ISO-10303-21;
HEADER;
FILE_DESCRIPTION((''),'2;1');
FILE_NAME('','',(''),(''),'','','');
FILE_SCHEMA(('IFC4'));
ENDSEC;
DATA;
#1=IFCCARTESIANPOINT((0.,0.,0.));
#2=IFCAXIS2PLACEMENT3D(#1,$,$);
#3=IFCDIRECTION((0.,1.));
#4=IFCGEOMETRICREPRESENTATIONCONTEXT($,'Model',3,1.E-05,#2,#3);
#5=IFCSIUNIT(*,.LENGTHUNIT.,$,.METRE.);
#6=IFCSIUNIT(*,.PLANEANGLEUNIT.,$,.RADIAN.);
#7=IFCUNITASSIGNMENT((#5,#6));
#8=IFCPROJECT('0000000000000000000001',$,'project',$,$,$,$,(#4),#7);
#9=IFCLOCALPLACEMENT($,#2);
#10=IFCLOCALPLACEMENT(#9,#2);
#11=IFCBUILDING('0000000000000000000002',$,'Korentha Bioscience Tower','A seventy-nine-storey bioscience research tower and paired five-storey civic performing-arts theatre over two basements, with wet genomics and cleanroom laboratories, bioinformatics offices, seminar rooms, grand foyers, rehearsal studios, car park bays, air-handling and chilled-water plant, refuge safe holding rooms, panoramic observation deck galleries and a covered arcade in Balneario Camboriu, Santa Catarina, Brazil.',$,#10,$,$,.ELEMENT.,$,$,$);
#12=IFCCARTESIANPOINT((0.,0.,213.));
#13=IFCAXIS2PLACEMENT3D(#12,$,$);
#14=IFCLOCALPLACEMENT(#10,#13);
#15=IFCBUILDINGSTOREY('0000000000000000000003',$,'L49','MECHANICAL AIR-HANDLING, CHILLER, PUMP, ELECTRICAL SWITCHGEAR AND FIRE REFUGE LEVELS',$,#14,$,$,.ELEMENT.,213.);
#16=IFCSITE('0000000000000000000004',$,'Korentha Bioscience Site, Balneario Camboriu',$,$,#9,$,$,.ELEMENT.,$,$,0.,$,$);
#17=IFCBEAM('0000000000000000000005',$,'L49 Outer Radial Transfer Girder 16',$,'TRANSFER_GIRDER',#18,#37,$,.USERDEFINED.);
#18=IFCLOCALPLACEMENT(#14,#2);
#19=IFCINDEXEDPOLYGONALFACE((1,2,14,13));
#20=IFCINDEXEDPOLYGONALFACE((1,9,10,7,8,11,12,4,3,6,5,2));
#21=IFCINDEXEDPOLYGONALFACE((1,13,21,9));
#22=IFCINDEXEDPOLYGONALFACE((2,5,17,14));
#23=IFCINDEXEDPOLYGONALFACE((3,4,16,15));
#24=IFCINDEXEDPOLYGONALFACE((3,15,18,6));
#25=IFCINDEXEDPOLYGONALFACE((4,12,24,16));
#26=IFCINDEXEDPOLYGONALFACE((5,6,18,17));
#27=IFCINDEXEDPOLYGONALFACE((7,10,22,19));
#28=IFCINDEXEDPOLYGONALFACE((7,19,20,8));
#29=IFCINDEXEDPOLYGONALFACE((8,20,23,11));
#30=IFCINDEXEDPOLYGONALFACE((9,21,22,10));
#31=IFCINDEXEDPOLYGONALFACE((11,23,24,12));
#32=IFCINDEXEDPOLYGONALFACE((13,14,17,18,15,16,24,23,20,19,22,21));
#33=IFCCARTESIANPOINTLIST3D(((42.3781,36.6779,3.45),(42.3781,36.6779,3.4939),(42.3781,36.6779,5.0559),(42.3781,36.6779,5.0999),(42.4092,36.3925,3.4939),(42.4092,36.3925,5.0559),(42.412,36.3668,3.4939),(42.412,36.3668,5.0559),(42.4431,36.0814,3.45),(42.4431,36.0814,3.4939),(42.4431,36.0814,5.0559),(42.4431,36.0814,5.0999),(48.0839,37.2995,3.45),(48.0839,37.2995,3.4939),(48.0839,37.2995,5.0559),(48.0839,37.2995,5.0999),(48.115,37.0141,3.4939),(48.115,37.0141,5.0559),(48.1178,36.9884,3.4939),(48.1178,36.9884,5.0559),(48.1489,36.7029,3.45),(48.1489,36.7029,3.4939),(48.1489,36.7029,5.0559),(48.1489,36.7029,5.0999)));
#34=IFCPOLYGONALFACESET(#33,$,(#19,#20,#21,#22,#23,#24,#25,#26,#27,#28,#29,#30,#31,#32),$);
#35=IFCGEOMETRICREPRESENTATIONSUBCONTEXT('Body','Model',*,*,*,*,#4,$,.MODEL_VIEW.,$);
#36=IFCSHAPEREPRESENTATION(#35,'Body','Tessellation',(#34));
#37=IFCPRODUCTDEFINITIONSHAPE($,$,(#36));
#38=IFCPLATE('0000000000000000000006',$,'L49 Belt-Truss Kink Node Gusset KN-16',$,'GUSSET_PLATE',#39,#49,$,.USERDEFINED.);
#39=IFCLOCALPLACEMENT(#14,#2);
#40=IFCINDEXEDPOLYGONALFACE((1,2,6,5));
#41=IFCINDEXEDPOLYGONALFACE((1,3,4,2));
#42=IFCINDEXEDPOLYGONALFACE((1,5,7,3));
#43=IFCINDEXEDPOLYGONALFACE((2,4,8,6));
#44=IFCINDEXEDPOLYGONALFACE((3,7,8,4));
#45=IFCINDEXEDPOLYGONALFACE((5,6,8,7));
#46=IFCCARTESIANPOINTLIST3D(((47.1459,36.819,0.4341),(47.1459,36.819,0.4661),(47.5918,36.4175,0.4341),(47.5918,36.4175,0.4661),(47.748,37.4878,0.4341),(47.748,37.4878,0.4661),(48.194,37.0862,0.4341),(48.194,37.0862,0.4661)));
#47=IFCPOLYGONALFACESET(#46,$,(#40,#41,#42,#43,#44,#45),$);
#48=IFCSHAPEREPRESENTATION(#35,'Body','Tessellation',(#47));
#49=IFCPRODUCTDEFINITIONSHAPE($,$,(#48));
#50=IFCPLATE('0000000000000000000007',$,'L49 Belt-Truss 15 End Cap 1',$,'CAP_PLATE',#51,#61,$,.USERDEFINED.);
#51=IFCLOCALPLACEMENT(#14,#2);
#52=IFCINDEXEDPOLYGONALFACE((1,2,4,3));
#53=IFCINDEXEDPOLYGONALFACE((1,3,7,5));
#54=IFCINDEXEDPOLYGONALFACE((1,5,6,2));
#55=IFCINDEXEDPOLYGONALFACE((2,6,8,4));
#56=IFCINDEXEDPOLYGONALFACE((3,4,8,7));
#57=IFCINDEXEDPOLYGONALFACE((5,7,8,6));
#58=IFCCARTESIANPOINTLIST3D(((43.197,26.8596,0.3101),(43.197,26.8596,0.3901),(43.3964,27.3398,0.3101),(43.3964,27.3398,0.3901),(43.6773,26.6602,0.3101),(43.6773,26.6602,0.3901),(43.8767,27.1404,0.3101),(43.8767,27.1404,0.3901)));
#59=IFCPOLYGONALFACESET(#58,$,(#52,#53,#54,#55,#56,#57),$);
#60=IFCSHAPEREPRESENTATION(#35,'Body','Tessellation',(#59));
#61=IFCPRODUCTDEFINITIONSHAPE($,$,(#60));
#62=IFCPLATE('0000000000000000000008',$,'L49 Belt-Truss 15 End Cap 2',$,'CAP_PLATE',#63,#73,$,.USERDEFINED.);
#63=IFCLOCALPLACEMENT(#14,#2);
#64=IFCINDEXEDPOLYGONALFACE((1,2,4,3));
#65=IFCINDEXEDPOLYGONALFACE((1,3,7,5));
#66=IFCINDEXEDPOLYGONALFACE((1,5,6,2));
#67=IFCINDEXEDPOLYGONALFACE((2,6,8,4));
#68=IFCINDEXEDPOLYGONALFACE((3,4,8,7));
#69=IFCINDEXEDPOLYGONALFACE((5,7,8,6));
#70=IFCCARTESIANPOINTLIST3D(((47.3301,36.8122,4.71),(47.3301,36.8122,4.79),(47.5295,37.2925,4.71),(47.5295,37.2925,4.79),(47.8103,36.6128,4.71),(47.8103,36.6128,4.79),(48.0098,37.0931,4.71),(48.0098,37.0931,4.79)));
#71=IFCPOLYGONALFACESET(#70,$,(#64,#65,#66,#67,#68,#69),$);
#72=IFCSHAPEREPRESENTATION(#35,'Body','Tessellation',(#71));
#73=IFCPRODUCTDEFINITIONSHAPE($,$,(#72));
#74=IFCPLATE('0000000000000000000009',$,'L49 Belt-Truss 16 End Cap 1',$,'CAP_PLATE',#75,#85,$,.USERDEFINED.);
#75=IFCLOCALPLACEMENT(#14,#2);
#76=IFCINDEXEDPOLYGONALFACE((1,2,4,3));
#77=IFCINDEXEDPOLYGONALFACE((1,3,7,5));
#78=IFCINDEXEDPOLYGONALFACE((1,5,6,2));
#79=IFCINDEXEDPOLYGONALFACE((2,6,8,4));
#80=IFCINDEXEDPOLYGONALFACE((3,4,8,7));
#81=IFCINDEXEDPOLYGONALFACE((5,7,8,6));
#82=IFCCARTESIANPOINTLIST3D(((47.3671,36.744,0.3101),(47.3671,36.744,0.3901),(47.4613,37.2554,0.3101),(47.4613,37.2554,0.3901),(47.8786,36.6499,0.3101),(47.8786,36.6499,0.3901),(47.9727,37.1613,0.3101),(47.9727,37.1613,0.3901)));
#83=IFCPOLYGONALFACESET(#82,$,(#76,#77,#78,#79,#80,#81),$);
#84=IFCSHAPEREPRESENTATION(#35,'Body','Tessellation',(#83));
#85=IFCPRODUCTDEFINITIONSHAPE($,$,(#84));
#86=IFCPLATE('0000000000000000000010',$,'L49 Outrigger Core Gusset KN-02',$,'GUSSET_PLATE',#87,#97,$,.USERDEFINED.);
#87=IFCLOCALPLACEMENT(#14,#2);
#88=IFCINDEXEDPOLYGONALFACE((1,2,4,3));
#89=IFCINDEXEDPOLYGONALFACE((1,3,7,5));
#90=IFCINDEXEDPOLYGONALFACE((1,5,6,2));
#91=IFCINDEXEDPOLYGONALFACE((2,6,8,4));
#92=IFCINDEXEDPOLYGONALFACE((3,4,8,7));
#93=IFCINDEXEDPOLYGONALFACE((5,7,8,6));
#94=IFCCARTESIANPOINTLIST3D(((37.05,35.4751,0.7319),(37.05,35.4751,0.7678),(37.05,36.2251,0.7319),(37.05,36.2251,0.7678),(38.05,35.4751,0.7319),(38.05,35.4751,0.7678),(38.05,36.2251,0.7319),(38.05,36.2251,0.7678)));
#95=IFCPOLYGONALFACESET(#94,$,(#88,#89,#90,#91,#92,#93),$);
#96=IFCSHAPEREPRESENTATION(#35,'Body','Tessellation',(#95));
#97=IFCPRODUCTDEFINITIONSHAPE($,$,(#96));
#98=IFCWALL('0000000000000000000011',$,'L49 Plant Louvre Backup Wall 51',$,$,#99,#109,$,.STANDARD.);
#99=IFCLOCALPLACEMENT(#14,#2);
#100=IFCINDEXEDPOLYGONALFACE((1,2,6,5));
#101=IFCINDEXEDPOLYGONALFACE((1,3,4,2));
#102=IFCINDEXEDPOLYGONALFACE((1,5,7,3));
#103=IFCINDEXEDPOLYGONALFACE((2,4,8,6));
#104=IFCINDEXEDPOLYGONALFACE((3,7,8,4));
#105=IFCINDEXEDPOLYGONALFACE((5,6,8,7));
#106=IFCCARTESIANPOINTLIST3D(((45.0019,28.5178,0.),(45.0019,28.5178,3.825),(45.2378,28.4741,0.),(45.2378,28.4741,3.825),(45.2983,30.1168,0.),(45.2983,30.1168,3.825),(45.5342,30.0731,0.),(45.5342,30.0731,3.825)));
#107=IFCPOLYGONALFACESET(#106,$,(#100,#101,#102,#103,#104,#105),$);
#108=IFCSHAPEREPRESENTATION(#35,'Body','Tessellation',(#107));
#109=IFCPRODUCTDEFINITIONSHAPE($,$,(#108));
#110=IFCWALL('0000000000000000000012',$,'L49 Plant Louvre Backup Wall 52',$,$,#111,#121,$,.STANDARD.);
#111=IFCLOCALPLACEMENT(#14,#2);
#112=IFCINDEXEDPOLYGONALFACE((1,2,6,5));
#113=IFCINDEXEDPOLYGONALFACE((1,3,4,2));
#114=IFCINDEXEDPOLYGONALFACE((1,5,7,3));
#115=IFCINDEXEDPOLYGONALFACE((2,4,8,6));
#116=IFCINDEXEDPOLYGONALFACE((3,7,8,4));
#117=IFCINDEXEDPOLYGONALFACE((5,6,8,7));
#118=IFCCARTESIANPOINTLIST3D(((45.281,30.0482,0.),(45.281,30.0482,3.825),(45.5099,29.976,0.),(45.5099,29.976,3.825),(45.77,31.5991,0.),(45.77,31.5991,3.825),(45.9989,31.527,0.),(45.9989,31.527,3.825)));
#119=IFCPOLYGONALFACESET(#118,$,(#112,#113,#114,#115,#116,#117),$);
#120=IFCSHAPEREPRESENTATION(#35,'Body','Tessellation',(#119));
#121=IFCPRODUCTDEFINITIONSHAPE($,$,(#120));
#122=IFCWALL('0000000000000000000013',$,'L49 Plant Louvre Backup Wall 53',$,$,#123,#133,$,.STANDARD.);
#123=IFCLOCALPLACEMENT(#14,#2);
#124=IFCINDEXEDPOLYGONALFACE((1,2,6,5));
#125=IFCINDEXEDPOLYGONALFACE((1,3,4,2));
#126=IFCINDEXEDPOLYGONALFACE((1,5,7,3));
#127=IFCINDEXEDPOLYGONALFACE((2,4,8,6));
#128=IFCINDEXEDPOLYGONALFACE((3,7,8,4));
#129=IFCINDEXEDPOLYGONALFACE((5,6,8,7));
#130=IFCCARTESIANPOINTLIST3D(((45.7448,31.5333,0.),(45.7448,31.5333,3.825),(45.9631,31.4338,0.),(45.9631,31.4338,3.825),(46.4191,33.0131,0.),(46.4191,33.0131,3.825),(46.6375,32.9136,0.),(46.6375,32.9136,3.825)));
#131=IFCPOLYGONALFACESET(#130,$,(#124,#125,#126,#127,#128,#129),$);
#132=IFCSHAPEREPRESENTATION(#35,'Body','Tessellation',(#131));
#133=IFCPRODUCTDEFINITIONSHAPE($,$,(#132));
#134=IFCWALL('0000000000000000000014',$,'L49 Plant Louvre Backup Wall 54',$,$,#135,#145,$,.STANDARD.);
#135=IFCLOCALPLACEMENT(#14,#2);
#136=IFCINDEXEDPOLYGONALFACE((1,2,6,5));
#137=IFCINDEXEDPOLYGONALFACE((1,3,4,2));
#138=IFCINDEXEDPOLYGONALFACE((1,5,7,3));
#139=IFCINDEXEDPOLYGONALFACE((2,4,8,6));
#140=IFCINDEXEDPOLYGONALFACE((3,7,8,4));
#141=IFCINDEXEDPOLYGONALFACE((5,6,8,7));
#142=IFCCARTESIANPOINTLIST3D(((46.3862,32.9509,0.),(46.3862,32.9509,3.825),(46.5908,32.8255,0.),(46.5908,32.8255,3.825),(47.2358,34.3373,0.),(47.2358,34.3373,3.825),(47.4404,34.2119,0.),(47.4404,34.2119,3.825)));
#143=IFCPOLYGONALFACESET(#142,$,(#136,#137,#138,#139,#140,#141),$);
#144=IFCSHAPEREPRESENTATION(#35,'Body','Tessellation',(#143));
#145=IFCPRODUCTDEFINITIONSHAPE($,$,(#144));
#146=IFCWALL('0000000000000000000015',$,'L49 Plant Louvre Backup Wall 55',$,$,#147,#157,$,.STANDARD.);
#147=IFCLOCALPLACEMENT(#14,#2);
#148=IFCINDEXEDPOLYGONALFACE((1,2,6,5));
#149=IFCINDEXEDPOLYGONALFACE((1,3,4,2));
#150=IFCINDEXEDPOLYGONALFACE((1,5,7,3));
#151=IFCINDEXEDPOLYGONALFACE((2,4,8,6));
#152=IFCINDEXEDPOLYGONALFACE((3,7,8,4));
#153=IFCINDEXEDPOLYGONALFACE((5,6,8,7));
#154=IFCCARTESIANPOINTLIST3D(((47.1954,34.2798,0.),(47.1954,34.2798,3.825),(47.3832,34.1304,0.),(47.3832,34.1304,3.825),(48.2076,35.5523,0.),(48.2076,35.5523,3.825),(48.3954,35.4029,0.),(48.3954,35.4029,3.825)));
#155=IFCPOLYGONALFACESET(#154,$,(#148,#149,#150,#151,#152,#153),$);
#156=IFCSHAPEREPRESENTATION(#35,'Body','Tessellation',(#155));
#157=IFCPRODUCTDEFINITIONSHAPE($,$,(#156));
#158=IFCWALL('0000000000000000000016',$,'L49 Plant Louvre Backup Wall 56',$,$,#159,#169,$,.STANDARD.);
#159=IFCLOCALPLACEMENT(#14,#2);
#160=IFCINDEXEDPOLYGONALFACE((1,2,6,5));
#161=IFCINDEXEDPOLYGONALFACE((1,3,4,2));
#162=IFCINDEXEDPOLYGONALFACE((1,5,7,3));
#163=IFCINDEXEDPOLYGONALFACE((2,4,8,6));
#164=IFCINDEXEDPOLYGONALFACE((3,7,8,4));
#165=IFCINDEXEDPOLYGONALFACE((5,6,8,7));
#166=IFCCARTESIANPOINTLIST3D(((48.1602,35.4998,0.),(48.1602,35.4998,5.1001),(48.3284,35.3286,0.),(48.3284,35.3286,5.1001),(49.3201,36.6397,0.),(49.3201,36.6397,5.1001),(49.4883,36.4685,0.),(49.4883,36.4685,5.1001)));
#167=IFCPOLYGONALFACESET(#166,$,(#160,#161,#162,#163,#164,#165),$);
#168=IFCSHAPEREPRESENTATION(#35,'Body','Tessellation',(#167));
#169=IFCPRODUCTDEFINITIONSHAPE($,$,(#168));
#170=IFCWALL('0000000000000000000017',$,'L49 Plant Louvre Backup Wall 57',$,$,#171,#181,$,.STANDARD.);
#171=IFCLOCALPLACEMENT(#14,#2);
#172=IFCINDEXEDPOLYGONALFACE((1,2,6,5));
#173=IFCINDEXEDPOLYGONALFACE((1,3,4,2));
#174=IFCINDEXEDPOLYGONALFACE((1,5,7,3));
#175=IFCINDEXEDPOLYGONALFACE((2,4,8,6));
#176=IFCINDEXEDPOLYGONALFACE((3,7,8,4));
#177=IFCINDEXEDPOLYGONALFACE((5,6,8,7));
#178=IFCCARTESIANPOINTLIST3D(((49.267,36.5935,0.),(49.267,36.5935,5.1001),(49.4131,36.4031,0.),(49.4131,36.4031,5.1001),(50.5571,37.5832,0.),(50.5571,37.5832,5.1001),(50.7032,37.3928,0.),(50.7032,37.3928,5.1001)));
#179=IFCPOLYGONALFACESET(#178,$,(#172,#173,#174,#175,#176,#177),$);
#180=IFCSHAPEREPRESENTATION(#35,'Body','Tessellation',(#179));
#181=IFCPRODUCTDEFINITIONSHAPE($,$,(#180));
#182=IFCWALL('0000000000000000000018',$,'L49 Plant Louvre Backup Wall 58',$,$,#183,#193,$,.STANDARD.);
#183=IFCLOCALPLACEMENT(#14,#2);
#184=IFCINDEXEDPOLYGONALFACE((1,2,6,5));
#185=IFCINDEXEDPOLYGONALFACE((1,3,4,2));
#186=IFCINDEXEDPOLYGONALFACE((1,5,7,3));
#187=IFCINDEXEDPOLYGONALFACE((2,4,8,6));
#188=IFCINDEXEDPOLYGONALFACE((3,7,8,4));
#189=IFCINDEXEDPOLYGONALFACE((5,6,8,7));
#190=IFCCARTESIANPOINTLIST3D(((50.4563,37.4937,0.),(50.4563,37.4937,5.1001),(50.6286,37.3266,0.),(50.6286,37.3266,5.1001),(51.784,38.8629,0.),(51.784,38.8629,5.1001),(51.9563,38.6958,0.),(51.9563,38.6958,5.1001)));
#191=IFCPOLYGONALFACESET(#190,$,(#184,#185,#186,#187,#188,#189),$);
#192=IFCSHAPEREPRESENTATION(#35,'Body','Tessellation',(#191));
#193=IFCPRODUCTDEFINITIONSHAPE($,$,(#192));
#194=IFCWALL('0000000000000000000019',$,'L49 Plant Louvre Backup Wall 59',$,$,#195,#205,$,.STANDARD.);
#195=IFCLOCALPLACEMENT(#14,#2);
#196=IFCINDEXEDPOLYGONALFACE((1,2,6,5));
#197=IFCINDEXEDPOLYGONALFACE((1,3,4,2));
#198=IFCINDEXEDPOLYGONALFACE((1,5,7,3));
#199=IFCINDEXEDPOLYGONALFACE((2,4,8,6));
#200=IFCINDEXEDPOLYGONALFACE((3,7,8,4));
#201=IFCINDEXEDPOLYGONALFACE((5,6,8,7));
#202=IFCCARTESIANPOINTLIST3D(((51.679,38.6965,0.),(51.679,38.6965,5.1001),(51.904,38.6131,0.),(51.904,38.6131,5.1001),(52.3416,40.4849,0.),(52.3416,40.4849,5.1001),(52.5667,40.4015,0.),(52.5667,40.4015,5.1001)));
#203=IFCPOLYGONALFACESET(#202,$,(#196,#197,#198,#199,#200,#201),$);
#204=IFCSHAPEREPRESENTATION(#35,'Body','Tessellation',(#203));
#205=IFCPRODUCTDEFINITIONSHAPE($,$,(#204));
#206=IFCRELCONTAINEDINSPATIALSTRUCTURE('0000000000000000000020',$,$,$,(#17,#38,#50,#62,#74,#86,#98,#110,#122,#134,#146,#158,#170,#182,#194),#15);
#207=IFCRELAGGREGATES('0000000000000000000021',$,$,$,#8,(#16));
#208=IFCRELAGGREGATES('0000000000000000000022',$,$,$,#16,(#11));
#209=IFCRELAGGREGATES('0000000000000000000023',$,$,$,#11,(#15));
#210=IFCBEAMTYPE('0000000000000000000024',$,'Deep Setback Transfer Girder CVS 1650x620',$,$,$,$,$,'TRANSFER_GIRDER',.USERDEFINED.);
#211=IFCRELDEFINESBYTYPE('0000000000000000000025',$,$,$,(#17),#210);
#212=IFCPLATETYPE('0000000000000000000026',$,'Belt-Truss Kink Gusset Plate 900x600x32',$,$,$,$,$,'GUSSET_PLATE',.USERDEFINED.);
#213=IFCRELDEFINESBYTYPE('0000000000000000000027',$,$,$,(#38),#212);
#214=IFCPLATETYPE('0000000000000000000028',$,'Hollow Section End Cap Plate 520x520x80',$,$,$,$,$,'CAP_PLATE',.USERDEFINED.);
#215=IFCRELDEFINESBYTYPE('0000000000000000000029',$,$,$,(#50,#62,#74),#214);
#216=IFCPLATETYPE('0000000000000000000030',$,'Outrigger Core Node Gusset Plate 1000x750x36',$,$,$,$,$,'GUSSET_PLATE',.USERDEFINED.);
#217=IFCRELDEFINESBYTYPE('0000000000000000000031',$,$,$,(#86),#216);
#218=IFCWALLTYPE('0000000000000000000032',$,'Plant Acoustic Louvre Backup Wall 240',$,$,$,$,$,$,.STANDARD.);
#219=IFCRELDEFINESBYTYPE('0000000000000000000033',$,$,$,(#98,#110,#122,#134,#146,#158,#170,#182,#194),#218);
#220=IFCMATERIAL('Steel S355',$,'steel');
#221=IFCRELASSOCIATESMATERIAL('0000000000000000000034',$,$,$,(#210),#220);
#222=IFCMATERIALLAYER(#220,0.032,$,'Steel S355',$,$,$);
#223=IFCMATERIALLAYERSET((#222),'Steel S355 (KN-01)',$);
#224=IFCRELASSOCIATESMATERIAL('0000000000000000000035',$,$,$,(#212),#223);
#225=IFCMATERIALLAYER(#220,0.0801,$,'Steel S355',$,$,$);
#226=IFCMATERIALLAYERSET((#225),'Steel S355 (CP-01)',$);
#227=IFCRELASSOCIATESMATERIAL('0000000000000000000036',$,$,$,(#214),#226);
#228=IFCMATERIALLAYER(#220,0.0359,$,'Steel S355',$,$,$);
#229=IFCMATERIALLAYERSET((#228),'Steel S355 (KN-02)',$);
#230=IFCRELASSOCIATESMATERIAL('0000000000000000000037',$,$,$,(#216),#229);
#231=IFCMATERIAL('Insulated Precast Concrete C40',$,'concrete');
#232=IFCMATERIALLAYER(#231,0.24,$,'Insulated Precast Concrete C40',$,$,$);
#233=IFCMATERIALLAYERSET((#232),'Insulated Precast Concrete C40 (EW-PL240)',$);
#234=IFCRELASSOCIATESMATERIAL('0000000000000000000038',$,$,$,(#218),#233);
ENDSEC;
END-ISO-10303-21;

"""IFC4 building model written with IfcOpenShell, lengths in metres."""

from ifc_helpers import new_model, si_unit, direction, frame, frame_2d, origin, origin_2d, place, context, subcontext, project, spatial, rectangle, i_section, extrude, material, layer, layer_set, material_profile, profile_set, type_object, element, save


model = new_model("IFC4")

# Units and contexts
model_context = context("Model", 3, precision=1e-05, world=origin(), true_north=direction((0.0, 1.0)))
body_context = subcontext(model_context, "Body", "Model", "MODEL_VIEW")
ifc_project = project(units=[si_unit("LENGTHUNIT", "METRE"), si_unit("PLANEANGLEUNIT", "RADIAN")], contexts=[model_context])

# Site, building, storey
site_placement = place(None, origin())
site = spatial("IfcSite", under=ifc_project, at=site_placement, Name="Korentha Bioscience Site, Balneario Camboriu", CompositionType="ELEMENT", RefElevation=0.0)
building_placement = place(site_placement, origin())
building = spatial("IfcBuilding", under=site, at=building_placement, Name="Korentha Bioscience Tower", Description="A seventy-nine-storey bioscience research tower and paired five-storey civic performing-arts theatre over two basements, with wet genomics and cleanroom laboratories, bioinformatics offices, seminar rooms, grand foyers, rehearsal studios, car park bays, air-handling and chilled-water plant, refuge safe holding rooms, panoramic observation deck galleries and a covered arcade in Balneario Camboriu, Santa Catarina, Brazil.", CompositionType="ELEMENT")
storey_placement = place(building_placement, frame((0.0, 0.0, 213.0)))
storey = spatial("IfcBuildingStorey", under=building, at=storey_placement, Name="L49", Description="MECHANICAL AIR-HANDLING, CHILLER, PUMP, ELECTRICAL SWITCHGEAR AND FIRE REFUGE LEVELS", CompositionType="ELEMENT", Elevation=213.0)

# Shared definitions
ifc_material_1 = material(Name="Steel S355", Category="steel")

# Beam
ifc_material_profile_1 = material_profile(ifc_material_1, i_section(OverallWidth=0.6001, OverallDepth=1.6499, WebThickness=0.0259, FlangeThickness=0.0439, at=origin_2d()), Name="Steel S355")
ifc_profile_set_1 = profile_set([ifc_material_profile_1], Name="Steel S355 (TG-04)")
beam_type_1 = type_object("IfcBeamType", Name="Deep Setback Transfer Girder CVS 1650x620", ElementType="TRANSFER_GIRDER", PredefinedType="USERDEFINED", material=ifc_profile_set_1)
beam_1_placement = place(storey_placement, frame((42.4106, 36.3796, 4.2749), z_axis=(0.994119, 0.108298, 0.0), x_axis=(-0.108298, 0.994119, 0.0)))
element("IfcBeam", 1, at=beam_1_placement, inside=storey, type_object=beam_type_1, Name="L49 Outer Radial Transfer Girder 16", ObjectType="TRANSFER_GIRDER", PredefinedType="USERDEFINED", context=body_context, shape_type="SweptSolid", body=[
    extrude(i_section(OverallWidth=0.6001, OverallDepth=1.6499, WebThickness=0.0259, FlangeThickness=0.0439, at=origin_2d()), origin(), (0.0, 0.0, 1.0), 5.7395),
])

# Plates
ifc_layer_1 = layer(ifc_material_1, 0.032, Name="Steel S355")
ifc_layer_set_1 = layer_set([ifc_layer_1], Name="Steel S355 (KN-01)")
plate_type_1 = type_object("IfcPlateType", Name="Belt-Truss Kink Gusset Plate 900x600x32", ElementType="GUSSET_PLATE", PredefinedType="USERDEFINED", material=ifc_layer_set_1)
plate_1_placement = place(storey_placement, frame((47.6699, 36.9526, 0.4341), z_axis=(0.0, 0.0, 1.0), x_axis=(0.669131, 0.743145, 0.0)))
element("IfcPlate", 2, at=plate_1_placement, inside=storey, type_object=plate_type_1, Name="L49 Belt-Truss Kink Node Gusset KN-16", ObjectType="GUSSET_PLATE", PredefinedType="USERDEFINED", context=body_context, shape_type="SweptSolid", body=[
    extrude(rectangle(XDim=0.8999, YDim=0.6001, at=origin_2d()), origin(), (0.0, 0.0, 1.0), 0.032),
])
ifc_layer_2 = layer(ifc_material_1, 0.0801, Name="Steel S355")
ifc_layer_set_2 = layer_set([ifc_layer_2], Name="Steel S355 (CP-01)")
plate_type_2 = type_object("IfcPlateType", Name="Hollow Section End Cap Plate 520x520x80", ElementType="CAP_PLATE", PredefinedType="USERDEFINED", material=ifc_layer_set_2)
for number, where, z_axis, x_axis, name in (
    (3, (43.5369, 27.0, 0.3101), (0.0, 0.0, 1.0), (0.38349, 0.923545, 0.0), "L49 Belt-Truss 15 End Cap 1"),
    (4, (47.6699, 36.9526, 4.71), (0.0, 0.0, 1.0), (0.38349, 0.923545, 0.0), "L49 Belt-Truss 15 End Cap 2"),
    (5, (47.6699, 36.9526, 0.3101), (0.0, 0.0, 1.0), (0.181034, 0.983477, 0.0), "L49 Belt-Truss 16 End Cap 1"),
):
    element("IfcPlate", number, at=place(storey_placement, frame(where, z_axis=z_axis, x_axis=x_axis)), inside=storey, type_object=plate_type_2, Name=name, ObjectType="CAP_PLATE", PredefinedType="USERDEFINED", context=body_context, shape_type="SweptSolid", body=[
        extrude(rectangle(XDim=0.52, YDim=0.52, at=origin_2d()), origin(), (0.0, 0.0, 1.0), 0.0801),
    ])
ifc_layer_3 = layer(ifc_material_1, 0.0359, Name="Steel S355")
ifc_layer_set_3 = layer_set([ifc_layer_3], Name="Steel S355 (KN-02)")
plate_type_3 = type_object("IfcPlateType", Name="Outrigger Core Node Gusset Plate 1000x750x36", ElementType="GUSSET_PLATE", PredefinedType="USERDEFINED", material=ifc_layer_set_3)
plate_2_placement = place(storey_placement, frame((37.55, 35.8501, 0.7319), z_axis=(0.0, 0.0, 1.0), x_axis=(1.0, 0.0, 0.0)))
element("IfcPlate", 6, at=plate_2_placement, inside=storey, type_object=plate_type_3, Name="L49 Outrigger Core Gusset KN-02", ObjectType="GUSSET_PLATE", PredefinedType="USERDEFINED", context=body_context, shape_type="SweptSolid", body=[
    extrude(rectangle(XDim=1.0, YDim=0.75, at=origin_2d()), origin(), (0.0, 0.0, 1.0), 0.0359),
])

# Walls
ifc_material_2 = material(Name="Insulated Precast Concrete C40", Category="concrete")
ifc_layer_4 = layer(ifc_material_2, 0.24, Name="Insulated Precast Concrete C40")
ifc_layer_set_4 = layer_set([ifc_layer_4], Name="Insulated Precast Concrete C40 (EW-PL240)")
wall_type = type_object("IfcWallType", Name="Plant Acoustic Louvre Backup Wall 240", PredefinedType="STANDARD", material=ifc_layer_set_4)
for number, where, z_axis, x_axis, name in (
    (7, (45.1199, 28.4961, 0.0), (0.0, 0.0, 1.0), (0.182267, 0.983249, 0.0), "L49 Plant Louvre Backup Wall 51"),
    (8, (45.3955, 30.0122, 0.0), (0.0, 0.0, 1.0), (0.300693, 0.953721, 0.0), "L49 Plant Louvre Backup Wall 52"),
    (9, (45.854, 31.4836, 0.0), (0.0, 0.0, 1.0), (0.414674, 0.90997, 0.0), "L49 Plant Louvre Backup Wall 53"),
):
    element("IfcWall", number, at=place(storey_placement, frame(where, z_axis=z_axis, x_axis=x_axis)), inside=storey, type_object=wall_type, Name=name, PredefinedType="STANDARD", context=body_context, shape_type="SweptSolid", body=[
        extrude(rectangle(XDim=1.6262, YDim=0.24, at=frame_2d((0.813, 0.0))), origin(), (0.0, 0.0, 1.0), 3.825),
    ])
for number, where, z_axis, x_axis, name in (
    (10, (46.4885, 32.8882, 0.0), (0.0, 0.0, 1.0), (0.522488, 0.852647, 0.0), "L49 Plant Louvre Backup Wall 54"),
    (11, (47.2893, 34.2051, 0.0), (0.0, 0.0, 1.0), (0.622532, 0.782594, 0.0), "L49 Plant Louvre Backup Wall 55"),
):
    element("IfcWall", number, at=place(storey_placement, frame(where, z_axis=z_axis, x_axis=x_axis)), inside=storey, type_object=wall_type, Name=name, PredefinedType="STANDARD", context=body_context, shape_type="SweptSolid", body=[
        extrude(rectangle(XDim=1.626, YDim=0.24, at=frame_2d((0.813, 0.0))), origin(), (0.0, 0.0, 1.0), 3.825),
    ])
wall_1_placement = place(storey_placement, frame((48.2444, 35.4143, 0.0), z_axis=(0.0, 0.0, 1.0), x_axis=(0.713235, 0.700925, 0.0)))
element("IfcWall", 12, at=wall_1_placement, inside=storey, type_object=wall_type, Name="L49 Plant Louvre Backup Wall 56", PredefinedType="STANDARD", context=body_context, shape_type="SweptSolid", body=[
    extrude(rectangle(XDim=1.6262, YDim=0.24, at=frame_2d((0.813, 0.0))), origin(), (0.0, 0.0, 1.0), 5.1001),
])
wall_2_placement = place(storey_placement, frame((49.3401, 36.4983, 0.0), z_axis=(0.0, 0.0, 1.0), x_axis=(0.793394, 0.608709, 0.0)))
element("IfcWall", 13, at=wall_2_placement, inside=storey, type_object=wall_type, Name="L49 Plant Louvre Backup Wall 57", PredefinedType="STANDARD", context=body_context, shape_type="SweptSolid", body=[
    extrude(rectangle(XDim=1.626, YDim=0.24, at=frame_2d((0.813, 0.0))), origin(), (0.0, 0.0, 1.0), 5.1001),
])
for number, where, z_axis, x_axis, name in (
    (14, (50.5425, 37.4102, 0.0), (0.0, 0.0, 1.0), (0.696142, 0.717904, 0.0), "L49 Plant Louvre Backup Wall 58"),
    (15, (51.7915, 38.6548, 0.0), (0.0, 0.0, 1.0), (0.347431, 0.937706, 0.0), "L49 Plant Louvre Backup Wall 59"),
):
    element("IfcWall", number, at=place(storey_placement, frame(where, z_axis=z_axis, x_axis=x_axis)), inside=storey, type_object=wall_type, Name=name, PredefinedType="STANDARD", context=body_context, shape_type="SweptSolid", body=[
        extrude(rectangle(XDim=1.9072, YDim=0.24, at=frame_2d((0.9536, 0.0))), origin(), (0.0, 0.0, 1.0), 5.1001),
    ])

save(model, "model.ifc")
